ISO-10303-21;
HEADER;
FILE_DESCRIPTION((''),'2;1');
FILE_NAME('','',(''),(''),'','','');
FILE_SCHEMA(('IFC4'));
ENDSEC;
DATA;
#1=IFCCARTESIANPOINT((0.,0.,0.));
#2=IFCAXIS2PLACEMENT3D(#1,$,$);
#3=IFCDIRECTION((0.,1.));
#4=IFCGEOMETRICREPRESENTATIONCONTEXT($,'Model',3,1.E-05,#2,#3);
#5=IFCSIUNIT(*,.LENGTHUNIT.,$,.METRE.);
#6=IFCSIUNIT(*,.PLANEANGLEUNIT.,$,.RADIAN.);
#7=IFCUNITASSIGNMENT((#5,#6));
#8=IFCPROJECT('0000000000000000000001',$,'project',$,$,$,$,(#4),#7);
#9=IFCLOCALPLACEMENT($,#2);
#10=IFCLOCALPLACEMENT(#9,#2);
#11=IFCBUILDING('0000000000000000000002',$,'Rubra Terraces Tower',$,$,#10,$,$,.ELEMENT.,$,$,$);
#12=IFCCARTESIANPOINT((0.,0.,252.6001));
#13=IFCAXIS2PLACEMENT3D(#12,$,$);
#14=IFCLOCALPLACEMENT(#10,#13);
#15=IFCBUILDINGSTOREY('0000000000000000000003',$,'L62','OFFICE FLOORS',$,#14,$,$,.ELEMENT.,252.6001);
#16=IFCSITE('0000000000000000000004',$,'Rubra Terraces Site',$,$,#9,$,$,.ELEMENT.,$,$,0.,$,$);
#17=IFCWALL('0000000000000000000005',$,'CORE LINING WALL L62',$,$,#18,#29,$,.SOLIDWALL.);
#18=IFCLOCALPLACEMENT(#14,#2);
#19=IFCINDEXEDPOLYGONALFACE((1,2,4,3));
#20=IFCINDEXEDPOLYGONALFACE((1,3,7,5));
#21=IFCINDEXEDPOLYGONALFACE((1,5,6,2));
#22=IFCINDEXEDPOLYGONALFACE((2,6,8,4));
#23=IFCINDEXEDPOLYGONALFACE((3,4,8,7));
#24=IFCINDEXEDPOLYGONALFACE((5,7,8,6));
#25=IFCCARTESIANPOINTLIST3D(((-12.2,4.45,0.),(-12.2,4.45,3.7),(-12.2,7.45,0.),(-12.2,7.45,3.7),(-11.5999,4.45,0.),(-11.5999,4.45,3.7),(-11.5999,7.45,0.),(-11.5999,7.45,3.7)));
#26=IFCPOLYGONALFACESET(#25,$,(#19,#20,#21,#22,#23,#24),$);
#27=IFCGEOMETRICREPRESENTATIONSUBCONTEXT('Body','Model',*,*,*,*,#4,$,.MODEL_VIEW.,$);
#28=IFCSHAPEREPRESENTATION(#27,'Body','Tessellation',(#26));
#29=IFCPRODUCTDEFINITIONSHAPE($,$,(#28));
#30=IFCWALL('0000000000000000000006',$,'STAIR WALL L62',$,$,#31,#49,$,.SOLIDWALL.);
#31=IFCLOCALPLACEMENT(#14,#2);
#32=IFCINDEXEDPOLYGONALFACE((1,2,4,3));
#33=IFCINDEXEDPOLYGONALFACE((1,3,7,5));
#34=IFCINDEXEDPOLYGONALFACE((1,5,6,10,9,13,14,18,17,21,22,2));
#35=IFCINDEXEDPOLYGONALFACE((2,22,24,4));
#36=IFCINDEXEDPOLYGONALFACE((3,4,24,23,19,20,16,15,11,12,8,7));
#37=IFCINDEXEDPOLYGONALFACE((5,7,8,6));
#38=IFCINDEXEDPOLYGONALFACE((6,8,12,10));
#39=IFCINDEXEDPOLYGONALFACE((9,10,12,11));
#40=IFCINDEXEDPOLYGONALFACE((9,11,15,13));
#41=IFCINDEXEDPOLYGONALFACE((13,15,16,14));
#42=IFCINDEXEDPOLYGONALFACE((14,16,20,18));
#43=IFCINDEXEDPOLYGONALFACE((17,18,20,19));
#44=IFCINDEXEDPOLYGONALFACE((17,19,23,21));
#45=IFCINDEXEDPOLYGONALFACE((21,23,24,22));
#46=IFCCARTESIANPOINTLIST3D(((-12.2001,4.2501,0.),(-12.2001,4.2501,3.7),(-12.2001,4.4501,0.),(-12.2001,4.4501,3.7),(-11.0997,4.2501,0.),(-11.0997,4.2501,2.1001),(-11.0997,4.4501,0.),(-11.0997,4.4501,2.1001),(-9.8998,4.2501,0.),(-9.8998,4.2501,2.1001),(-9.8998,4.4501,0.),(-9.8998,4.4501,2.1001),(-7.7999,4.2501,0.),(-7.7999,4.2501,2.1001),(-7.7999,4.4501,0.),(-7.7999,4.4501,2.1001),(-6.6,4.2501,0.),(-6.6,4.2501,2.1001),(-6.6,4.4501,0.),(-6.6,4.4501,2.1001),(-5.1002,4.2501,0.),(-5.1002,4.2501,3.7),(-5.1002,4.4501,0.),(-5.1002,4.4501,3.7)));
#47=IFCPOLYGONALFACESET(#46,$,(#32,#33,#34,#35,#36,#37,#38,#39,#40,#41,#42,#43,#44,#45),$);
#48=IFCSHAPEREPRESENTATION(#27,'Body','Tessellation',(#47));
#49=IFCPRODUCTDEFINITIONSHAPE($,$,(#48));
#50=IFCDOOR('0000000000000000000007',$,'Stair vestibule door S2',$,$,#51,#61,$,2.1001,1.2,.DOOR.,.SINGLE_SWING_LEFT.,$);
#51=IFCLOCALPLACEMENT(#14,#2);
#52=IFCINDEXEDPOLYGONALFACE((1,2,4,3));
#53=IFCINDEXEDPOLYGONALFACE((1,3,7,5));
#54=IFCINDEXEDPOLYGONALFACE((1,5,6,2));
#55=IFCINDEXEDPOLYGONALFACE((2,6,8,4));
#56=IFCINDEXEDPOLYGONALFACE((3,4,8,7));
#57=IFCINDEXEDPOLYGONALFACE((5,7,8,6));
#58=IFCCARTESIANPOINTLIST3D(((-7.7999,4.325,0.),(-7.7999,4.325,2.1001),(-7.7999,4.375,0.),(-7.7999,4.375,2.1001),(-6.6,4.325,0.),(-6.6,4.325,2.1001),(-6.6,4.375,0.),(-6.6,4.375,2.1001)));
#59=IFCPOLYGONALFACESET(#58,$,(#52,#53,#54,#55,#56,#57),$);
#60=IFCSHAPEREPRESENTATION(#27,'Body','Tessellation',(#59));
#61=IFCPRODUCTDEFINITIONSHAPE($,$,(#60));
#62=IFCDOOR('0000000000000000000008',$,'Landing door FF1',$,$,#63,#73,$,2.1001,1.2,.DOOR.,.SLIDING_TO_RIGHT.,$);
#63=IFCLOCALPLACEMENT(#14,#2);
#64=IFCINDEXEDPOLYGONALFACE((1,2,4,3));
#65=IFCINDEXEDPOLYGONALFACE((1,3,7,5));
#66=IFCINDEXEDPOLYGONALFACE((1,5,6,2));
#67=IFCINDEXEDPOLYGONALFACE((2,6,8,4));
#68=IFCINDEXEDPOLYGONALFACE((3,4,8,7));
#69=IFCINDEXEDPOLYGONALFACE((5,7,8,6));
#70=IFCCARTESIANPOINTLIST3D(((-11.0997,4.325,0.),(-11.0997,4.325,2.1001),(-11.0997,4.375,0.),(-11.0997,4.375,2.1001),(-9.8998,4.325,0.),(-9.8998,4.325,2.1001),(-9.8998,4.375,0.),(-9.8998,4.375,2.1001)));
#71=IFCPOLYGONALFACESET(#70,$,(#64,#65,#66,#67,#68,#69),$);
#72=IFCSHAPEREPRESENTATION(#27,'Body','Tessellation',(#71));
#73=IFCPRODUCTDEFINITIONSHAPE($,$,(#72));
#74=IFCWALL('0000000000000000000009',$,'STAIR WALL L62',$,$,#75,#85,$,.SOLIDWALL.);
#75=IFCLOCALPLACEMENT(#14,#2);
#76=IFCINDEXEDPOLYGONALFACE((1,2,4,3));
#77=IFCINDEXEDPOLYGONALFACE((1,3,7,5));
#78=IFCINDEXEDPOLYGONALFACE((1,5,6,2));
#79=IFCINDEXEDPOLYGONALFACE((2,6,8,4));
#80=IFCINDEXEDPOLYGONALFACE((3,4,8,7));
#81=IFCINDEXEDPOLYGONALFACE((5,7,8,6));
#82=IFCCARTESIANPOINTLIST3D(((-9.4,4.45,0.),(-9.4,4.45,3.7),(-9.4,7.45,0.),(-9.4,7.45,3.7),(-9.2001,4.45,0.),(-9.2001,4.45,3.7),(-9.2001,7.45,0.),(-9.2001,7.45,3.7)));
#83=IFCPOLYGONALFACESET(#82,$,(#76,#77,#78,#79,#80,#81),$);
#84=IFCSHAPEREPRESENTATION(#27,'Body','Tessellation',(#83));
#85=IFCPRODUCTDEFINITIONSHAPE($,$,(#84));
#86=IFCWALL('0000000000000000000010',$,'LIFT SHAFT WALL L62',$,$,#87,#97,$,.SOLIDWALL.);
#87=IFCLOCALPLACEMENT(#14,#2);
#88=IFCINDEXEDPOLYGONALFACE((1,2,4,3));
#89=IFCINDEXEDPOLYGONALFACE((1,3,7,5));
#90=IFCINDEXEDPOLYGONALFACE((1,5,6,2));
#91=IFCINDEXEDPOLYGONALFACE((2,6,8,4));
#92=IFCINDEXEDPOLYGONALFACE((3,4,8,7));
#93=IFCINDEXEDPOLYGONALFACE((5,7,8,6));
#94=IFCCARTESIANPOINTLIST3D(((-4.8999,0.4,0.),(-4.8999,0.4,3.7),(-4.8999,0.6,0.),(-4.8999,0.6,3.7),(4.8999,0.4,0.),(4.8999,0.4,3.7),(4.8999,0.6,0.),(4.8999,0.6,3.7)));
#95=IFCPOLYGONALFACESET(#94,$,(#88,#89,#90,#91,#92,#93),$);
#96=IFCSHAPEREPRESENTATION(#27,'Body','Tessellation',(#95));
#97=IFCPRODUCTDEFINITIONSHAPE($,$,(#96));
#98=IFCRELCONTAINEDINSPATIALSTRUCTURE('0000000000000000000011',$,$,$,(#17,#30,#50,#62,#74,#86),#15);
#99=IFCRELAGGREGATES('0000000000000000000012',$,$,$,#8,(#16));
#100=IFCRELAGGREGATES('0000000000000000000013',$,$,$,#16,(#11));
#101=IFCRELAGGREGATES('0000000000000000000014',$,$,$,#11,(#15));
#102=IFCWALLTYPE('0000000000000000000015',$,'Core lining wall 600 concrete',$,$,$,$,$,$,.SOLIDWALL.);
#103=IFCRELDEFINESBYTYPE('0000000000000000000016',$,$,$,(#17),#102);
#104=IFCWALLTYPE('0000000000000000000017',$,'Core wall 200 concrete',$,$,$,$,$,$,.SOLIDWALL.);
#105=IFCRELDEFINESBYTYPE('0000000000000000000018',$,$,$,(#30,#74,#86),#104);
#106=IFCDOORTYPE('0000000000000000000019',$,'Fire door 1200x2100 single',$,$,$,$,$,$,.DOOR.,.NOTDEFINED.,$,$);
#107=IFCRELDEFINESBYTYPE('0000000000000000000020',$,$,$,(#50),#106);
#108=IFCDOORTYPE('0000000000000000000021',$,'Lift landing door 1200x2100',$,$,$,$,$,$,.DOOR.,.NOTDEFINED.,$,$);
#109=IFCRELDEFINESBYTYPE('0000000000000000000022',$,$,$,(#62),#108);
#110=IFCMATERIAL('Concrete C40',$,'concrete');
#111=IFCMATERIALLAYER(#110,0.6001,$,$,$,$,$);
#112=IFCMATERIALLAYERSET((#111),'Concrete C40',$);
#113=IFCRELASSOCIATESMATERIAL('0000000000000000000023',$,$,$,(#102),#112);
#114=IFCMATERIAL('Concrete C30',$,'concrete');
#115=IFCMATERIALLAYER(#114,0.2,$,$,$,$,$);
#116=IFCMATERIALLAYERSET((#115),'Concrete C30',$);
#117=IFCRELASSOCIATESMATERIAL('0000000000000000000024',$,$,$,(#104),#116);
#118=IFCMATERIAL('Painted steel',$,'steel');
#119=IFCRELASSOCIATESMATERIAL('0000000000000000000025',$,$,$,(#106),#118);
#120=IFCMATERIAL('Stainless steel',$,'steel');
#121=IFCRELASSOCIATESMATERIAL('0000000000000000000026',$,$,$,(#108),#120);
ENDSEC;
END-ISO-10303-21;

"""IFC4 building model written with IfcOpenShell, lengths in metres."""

from ifc_helpers import new_model, si_unit, direction, frame, frame_2d, origin, place, context, subcontext, project, spatial, rectangle, extrude, material, layer, layer_set, type_object, element, fill, save


model = new_model("IFC4")

# Units and contexts
model_context = context("Model", 3, precision=1e-05, world=origin(), true_north=direction((0.0, 1.0)))
body_context = subcontext(model_context, "Body", "Model", "MODEL_VIEW")
ifc_project = project(units=[si_unit("LENGTHUNIT", "METRE"), si_unit("PLANEANGLEUNIT", "RADIAN")], contexts=[model_context])

# Site, building, storey
site_placement = place(None, origin())
site = spatial("IfcSite", under=ifc_project, at=site_placement, Name="Rubra Terraces Site", CompositionType="ELEMENT", RefElevation=0.0)
building_placement = place(site_placement, origin())
building = spatial("IfcBuilding", under=site, at=building_placement, Name="Rubra Terraces Tower", CompositionType="ELEMENT")
storey_placement = place(building_placement, frame((0.0, 0.0, 252.6001)))
storey = spatial("IfcBuildingStorey", under=building, at=storey_placement, Name="L62", Description="OFFICE FLOORS", CompositionType="ELEMENT", Elevation=252.6001)

# Wall
ifc_material_1 = material(Name="Concrete C40", Category="concrete")
ifc_layer_1 = layer(ifc_material_1, 0.6001)
ifc_layer_set_1 = layer_set([ifc_layer_1], Name="Concrete C40")
wall_type_1 = type_object("IfcWallType", Name="Core lining wall 600 concrete", PredefinedType="SOLIDWALL", material=ifc_layer_set_1)
wall_1_placement = place(storey_placement, frame((-11.8999, 4.45, 0.0), z_axis=(0.0, 0.0, 1.0), x_axis=(0.0, 1.0, 0.0)))
element("IfcWall", 1, at=wall_1_placement, inside=storey, type_object=wall_type_1, Name="CORE LINING WALL L62", PredefinedType="SOLIDWALL", context=body_context, shape_type="SweptSolid", body=[
    extrude(rectangle(XDim=3.0, YDim=0.6001, at=frame_2d((1.5, 0.0))), origin(), (0.0, 0.0, 1.0), 3.7),
])

# Wall, openings, doors
ifc_material_2 = material(Name="Concrete C30", Category="concrete")
ifc_layer_2 = layer(ifc_material_2, 0.2)
ifc_layer_set_2 = layer_set([ifc_layer_2], Name="Concrete C30")
wall_type_2 = type_object("IfcWallType", Name="Core wall 200 concrete", PredefinedType="SOLIDWALL", material=ifc_layer_set_2)
wall_2_placement = place(storey_placement, frame((-12.2, 4.3501, 0.0), z_axis=(0.0, 0.0, 1.0), x_axis=(1.0, 0.0, 0.0)))
wall_2 = element("IfcWall", 2, at=wall_2_placement, inside=storey, type_object=wall_type_2, Name="STAIR WALL L62", PredefinedType="SOLIDWALL", context=body_context, shape_type="SweptSolid", body=[
    extrude(rectangle(XDim=7.0999, YDim=0.2, at=frame_2d((3.5498, 0.0))), origin(), (0.0, 0.0, 1.0), 3.7),
])
opening_1_placement = place(wall_2_placement, frame((4.3999, 0.0, 0.0)))
opening_1 = element("IfcOpeningElement", 3, at=opening_1_placement, cuts=wall_2, PredefinedType="OPENING", context=body_context, shape_type="SweptSolid", body=[
    extrude(rectangle(XDim=1.2, YDim=2.1001, at=frame_2d((0.6001, 1.05))), frame((0.0, 0.1099, 0.0), z_axis=(0.0, -1.0, 0.0), x_axis=(1.0, 0.0, 0.0)), (0.0, 0.0, 1.0), 0.22),
])
opening_2_placement = place(wall_2_placement, frame((1.1001, 0.0, 0.0)))
opening_2 = element("IfcOpeningElement", 4, at=opening_2_placement, cuts=wall_2, PredefinedType="OPENING", context=body_context, shape_type="SweptSolid", body=[
    extrude(rectangle(XDim=1.2, YDim=2.1001, at=frame_2d((0.6001, 1.05))), frame((0.0, 0.1099, 0.0), z_axis=(0.0, -1.0, 0.0), x_axis=(1.0, 0.0, 0.0)), (0.0, 0.0, 1.0), 0.22),
])
ifc_material_3 = material(Name="Painted steel", Category="steel")
door_type_1 = type_object("IfcDoorType", Name="Fire door 1200x2100 single", OperationType="NOTDEFINED", PredefinedType="DOOR", material=ifc_material_3)
door_1_placement = place(opening_1_placement, origin())
door_1 = element("IfcDoor", 5, at=door_1_placement, inside=storey, type_object=door_type_1, Name="Stair vestibule door S2", OperationType="SINGLE_SWING_LEFT", OverallHeight=2.1001, OverallWidth=1.2, PredefinedType="DOOR", context=body_context, shape_type="SweptSolid", body=[
    extrude(rectangle(XDim=1.2, YDim=2.1001, at=frame_2d((0.6001, 1.05))), frame((0.0, 0.0249, 0.0), z_axis=(0.0, -1.0, 0.0), x_axis=(1.0, 0.0, 0.0)), (0.0, 0.0, 1.0), 0.05),
])
fill(opening_1, door_1)
ifc_material_4 = material(Name="Stainless steel", Category="steel")
door_type_2 = type_object("IfcDoorType", Name="Lift landing door 1200x2100", OperationType="NOTDEFINED", PredefinedType="DOOR", material=ifc_material_4)
door_2_placement = place(opening_2_placement, origin())
door_2 = element("IfcDoor", 6, at=door_2_placement, inside=storey, type_object=door_type_2, Name="Landing door FF1", OperationType="SLIDING_TO_RIGHT", OverallHeight=2.1001, OverallWidth=1.2, PredefinedType="DOOR", context=body_context, shape_type="SweptSolid", body=[
    extrude(rectangle(XDim=1.2, YDim=2.1001, at=frame_2d((0.6001, 1.05))), frame((0.0, 0.0249, 0.0), z_axis=(0.0, -1.0, 0.0), x_axis=(1.0, 0.0, 0.0)), (0.0, 0.0, 1.0), 0.05),
])
fill(opening_2, door_2)

# Walls
wall_3_placement = place(storey_placement, frame((-9.3, 4.45, 0.0), z_axis=(0.0, 0.0, 1.0), x_axis=(0.0, 1.0, 0.0)))
element("IfcWall", 7, at=wall_3_placement, inside=storey, type_object=wall_type_2, Name="STAIR WALL L62", PredefinedType="SOLIDWALL", context=body_context, shape_type="SweptSolid", body=[
    extrude(rectangle(XDim=3.0, YDim=0.2, at=frame_2d((1.5, 0.0))), origin(), (0.0, 0.0, 1.0), 3.7),
])
wall_4_placement = place(storey_placement, frame((-4.8999, 0.5, 0.0), z_axis=(0.0, 0.0, 1.0), x_axis=(1.0, 0.0, 0.0)))
element("IfcWall", 8, at=wall_4_placement, inside=storey, type_object=wall_type_2, Name="LIFT SHAFT WALL L62", PredefinedType="SOLIDWALL", context=body_context, shape_type="SweptSolid", body=[
    extrude(rectangle(XDim=9.7998, YDim=0.2, at=frame_2d((4.8999, 0.0))), origin(), (0.0, 0.0, 1.0), 3.7),
])

save(model, "model.ifc")
